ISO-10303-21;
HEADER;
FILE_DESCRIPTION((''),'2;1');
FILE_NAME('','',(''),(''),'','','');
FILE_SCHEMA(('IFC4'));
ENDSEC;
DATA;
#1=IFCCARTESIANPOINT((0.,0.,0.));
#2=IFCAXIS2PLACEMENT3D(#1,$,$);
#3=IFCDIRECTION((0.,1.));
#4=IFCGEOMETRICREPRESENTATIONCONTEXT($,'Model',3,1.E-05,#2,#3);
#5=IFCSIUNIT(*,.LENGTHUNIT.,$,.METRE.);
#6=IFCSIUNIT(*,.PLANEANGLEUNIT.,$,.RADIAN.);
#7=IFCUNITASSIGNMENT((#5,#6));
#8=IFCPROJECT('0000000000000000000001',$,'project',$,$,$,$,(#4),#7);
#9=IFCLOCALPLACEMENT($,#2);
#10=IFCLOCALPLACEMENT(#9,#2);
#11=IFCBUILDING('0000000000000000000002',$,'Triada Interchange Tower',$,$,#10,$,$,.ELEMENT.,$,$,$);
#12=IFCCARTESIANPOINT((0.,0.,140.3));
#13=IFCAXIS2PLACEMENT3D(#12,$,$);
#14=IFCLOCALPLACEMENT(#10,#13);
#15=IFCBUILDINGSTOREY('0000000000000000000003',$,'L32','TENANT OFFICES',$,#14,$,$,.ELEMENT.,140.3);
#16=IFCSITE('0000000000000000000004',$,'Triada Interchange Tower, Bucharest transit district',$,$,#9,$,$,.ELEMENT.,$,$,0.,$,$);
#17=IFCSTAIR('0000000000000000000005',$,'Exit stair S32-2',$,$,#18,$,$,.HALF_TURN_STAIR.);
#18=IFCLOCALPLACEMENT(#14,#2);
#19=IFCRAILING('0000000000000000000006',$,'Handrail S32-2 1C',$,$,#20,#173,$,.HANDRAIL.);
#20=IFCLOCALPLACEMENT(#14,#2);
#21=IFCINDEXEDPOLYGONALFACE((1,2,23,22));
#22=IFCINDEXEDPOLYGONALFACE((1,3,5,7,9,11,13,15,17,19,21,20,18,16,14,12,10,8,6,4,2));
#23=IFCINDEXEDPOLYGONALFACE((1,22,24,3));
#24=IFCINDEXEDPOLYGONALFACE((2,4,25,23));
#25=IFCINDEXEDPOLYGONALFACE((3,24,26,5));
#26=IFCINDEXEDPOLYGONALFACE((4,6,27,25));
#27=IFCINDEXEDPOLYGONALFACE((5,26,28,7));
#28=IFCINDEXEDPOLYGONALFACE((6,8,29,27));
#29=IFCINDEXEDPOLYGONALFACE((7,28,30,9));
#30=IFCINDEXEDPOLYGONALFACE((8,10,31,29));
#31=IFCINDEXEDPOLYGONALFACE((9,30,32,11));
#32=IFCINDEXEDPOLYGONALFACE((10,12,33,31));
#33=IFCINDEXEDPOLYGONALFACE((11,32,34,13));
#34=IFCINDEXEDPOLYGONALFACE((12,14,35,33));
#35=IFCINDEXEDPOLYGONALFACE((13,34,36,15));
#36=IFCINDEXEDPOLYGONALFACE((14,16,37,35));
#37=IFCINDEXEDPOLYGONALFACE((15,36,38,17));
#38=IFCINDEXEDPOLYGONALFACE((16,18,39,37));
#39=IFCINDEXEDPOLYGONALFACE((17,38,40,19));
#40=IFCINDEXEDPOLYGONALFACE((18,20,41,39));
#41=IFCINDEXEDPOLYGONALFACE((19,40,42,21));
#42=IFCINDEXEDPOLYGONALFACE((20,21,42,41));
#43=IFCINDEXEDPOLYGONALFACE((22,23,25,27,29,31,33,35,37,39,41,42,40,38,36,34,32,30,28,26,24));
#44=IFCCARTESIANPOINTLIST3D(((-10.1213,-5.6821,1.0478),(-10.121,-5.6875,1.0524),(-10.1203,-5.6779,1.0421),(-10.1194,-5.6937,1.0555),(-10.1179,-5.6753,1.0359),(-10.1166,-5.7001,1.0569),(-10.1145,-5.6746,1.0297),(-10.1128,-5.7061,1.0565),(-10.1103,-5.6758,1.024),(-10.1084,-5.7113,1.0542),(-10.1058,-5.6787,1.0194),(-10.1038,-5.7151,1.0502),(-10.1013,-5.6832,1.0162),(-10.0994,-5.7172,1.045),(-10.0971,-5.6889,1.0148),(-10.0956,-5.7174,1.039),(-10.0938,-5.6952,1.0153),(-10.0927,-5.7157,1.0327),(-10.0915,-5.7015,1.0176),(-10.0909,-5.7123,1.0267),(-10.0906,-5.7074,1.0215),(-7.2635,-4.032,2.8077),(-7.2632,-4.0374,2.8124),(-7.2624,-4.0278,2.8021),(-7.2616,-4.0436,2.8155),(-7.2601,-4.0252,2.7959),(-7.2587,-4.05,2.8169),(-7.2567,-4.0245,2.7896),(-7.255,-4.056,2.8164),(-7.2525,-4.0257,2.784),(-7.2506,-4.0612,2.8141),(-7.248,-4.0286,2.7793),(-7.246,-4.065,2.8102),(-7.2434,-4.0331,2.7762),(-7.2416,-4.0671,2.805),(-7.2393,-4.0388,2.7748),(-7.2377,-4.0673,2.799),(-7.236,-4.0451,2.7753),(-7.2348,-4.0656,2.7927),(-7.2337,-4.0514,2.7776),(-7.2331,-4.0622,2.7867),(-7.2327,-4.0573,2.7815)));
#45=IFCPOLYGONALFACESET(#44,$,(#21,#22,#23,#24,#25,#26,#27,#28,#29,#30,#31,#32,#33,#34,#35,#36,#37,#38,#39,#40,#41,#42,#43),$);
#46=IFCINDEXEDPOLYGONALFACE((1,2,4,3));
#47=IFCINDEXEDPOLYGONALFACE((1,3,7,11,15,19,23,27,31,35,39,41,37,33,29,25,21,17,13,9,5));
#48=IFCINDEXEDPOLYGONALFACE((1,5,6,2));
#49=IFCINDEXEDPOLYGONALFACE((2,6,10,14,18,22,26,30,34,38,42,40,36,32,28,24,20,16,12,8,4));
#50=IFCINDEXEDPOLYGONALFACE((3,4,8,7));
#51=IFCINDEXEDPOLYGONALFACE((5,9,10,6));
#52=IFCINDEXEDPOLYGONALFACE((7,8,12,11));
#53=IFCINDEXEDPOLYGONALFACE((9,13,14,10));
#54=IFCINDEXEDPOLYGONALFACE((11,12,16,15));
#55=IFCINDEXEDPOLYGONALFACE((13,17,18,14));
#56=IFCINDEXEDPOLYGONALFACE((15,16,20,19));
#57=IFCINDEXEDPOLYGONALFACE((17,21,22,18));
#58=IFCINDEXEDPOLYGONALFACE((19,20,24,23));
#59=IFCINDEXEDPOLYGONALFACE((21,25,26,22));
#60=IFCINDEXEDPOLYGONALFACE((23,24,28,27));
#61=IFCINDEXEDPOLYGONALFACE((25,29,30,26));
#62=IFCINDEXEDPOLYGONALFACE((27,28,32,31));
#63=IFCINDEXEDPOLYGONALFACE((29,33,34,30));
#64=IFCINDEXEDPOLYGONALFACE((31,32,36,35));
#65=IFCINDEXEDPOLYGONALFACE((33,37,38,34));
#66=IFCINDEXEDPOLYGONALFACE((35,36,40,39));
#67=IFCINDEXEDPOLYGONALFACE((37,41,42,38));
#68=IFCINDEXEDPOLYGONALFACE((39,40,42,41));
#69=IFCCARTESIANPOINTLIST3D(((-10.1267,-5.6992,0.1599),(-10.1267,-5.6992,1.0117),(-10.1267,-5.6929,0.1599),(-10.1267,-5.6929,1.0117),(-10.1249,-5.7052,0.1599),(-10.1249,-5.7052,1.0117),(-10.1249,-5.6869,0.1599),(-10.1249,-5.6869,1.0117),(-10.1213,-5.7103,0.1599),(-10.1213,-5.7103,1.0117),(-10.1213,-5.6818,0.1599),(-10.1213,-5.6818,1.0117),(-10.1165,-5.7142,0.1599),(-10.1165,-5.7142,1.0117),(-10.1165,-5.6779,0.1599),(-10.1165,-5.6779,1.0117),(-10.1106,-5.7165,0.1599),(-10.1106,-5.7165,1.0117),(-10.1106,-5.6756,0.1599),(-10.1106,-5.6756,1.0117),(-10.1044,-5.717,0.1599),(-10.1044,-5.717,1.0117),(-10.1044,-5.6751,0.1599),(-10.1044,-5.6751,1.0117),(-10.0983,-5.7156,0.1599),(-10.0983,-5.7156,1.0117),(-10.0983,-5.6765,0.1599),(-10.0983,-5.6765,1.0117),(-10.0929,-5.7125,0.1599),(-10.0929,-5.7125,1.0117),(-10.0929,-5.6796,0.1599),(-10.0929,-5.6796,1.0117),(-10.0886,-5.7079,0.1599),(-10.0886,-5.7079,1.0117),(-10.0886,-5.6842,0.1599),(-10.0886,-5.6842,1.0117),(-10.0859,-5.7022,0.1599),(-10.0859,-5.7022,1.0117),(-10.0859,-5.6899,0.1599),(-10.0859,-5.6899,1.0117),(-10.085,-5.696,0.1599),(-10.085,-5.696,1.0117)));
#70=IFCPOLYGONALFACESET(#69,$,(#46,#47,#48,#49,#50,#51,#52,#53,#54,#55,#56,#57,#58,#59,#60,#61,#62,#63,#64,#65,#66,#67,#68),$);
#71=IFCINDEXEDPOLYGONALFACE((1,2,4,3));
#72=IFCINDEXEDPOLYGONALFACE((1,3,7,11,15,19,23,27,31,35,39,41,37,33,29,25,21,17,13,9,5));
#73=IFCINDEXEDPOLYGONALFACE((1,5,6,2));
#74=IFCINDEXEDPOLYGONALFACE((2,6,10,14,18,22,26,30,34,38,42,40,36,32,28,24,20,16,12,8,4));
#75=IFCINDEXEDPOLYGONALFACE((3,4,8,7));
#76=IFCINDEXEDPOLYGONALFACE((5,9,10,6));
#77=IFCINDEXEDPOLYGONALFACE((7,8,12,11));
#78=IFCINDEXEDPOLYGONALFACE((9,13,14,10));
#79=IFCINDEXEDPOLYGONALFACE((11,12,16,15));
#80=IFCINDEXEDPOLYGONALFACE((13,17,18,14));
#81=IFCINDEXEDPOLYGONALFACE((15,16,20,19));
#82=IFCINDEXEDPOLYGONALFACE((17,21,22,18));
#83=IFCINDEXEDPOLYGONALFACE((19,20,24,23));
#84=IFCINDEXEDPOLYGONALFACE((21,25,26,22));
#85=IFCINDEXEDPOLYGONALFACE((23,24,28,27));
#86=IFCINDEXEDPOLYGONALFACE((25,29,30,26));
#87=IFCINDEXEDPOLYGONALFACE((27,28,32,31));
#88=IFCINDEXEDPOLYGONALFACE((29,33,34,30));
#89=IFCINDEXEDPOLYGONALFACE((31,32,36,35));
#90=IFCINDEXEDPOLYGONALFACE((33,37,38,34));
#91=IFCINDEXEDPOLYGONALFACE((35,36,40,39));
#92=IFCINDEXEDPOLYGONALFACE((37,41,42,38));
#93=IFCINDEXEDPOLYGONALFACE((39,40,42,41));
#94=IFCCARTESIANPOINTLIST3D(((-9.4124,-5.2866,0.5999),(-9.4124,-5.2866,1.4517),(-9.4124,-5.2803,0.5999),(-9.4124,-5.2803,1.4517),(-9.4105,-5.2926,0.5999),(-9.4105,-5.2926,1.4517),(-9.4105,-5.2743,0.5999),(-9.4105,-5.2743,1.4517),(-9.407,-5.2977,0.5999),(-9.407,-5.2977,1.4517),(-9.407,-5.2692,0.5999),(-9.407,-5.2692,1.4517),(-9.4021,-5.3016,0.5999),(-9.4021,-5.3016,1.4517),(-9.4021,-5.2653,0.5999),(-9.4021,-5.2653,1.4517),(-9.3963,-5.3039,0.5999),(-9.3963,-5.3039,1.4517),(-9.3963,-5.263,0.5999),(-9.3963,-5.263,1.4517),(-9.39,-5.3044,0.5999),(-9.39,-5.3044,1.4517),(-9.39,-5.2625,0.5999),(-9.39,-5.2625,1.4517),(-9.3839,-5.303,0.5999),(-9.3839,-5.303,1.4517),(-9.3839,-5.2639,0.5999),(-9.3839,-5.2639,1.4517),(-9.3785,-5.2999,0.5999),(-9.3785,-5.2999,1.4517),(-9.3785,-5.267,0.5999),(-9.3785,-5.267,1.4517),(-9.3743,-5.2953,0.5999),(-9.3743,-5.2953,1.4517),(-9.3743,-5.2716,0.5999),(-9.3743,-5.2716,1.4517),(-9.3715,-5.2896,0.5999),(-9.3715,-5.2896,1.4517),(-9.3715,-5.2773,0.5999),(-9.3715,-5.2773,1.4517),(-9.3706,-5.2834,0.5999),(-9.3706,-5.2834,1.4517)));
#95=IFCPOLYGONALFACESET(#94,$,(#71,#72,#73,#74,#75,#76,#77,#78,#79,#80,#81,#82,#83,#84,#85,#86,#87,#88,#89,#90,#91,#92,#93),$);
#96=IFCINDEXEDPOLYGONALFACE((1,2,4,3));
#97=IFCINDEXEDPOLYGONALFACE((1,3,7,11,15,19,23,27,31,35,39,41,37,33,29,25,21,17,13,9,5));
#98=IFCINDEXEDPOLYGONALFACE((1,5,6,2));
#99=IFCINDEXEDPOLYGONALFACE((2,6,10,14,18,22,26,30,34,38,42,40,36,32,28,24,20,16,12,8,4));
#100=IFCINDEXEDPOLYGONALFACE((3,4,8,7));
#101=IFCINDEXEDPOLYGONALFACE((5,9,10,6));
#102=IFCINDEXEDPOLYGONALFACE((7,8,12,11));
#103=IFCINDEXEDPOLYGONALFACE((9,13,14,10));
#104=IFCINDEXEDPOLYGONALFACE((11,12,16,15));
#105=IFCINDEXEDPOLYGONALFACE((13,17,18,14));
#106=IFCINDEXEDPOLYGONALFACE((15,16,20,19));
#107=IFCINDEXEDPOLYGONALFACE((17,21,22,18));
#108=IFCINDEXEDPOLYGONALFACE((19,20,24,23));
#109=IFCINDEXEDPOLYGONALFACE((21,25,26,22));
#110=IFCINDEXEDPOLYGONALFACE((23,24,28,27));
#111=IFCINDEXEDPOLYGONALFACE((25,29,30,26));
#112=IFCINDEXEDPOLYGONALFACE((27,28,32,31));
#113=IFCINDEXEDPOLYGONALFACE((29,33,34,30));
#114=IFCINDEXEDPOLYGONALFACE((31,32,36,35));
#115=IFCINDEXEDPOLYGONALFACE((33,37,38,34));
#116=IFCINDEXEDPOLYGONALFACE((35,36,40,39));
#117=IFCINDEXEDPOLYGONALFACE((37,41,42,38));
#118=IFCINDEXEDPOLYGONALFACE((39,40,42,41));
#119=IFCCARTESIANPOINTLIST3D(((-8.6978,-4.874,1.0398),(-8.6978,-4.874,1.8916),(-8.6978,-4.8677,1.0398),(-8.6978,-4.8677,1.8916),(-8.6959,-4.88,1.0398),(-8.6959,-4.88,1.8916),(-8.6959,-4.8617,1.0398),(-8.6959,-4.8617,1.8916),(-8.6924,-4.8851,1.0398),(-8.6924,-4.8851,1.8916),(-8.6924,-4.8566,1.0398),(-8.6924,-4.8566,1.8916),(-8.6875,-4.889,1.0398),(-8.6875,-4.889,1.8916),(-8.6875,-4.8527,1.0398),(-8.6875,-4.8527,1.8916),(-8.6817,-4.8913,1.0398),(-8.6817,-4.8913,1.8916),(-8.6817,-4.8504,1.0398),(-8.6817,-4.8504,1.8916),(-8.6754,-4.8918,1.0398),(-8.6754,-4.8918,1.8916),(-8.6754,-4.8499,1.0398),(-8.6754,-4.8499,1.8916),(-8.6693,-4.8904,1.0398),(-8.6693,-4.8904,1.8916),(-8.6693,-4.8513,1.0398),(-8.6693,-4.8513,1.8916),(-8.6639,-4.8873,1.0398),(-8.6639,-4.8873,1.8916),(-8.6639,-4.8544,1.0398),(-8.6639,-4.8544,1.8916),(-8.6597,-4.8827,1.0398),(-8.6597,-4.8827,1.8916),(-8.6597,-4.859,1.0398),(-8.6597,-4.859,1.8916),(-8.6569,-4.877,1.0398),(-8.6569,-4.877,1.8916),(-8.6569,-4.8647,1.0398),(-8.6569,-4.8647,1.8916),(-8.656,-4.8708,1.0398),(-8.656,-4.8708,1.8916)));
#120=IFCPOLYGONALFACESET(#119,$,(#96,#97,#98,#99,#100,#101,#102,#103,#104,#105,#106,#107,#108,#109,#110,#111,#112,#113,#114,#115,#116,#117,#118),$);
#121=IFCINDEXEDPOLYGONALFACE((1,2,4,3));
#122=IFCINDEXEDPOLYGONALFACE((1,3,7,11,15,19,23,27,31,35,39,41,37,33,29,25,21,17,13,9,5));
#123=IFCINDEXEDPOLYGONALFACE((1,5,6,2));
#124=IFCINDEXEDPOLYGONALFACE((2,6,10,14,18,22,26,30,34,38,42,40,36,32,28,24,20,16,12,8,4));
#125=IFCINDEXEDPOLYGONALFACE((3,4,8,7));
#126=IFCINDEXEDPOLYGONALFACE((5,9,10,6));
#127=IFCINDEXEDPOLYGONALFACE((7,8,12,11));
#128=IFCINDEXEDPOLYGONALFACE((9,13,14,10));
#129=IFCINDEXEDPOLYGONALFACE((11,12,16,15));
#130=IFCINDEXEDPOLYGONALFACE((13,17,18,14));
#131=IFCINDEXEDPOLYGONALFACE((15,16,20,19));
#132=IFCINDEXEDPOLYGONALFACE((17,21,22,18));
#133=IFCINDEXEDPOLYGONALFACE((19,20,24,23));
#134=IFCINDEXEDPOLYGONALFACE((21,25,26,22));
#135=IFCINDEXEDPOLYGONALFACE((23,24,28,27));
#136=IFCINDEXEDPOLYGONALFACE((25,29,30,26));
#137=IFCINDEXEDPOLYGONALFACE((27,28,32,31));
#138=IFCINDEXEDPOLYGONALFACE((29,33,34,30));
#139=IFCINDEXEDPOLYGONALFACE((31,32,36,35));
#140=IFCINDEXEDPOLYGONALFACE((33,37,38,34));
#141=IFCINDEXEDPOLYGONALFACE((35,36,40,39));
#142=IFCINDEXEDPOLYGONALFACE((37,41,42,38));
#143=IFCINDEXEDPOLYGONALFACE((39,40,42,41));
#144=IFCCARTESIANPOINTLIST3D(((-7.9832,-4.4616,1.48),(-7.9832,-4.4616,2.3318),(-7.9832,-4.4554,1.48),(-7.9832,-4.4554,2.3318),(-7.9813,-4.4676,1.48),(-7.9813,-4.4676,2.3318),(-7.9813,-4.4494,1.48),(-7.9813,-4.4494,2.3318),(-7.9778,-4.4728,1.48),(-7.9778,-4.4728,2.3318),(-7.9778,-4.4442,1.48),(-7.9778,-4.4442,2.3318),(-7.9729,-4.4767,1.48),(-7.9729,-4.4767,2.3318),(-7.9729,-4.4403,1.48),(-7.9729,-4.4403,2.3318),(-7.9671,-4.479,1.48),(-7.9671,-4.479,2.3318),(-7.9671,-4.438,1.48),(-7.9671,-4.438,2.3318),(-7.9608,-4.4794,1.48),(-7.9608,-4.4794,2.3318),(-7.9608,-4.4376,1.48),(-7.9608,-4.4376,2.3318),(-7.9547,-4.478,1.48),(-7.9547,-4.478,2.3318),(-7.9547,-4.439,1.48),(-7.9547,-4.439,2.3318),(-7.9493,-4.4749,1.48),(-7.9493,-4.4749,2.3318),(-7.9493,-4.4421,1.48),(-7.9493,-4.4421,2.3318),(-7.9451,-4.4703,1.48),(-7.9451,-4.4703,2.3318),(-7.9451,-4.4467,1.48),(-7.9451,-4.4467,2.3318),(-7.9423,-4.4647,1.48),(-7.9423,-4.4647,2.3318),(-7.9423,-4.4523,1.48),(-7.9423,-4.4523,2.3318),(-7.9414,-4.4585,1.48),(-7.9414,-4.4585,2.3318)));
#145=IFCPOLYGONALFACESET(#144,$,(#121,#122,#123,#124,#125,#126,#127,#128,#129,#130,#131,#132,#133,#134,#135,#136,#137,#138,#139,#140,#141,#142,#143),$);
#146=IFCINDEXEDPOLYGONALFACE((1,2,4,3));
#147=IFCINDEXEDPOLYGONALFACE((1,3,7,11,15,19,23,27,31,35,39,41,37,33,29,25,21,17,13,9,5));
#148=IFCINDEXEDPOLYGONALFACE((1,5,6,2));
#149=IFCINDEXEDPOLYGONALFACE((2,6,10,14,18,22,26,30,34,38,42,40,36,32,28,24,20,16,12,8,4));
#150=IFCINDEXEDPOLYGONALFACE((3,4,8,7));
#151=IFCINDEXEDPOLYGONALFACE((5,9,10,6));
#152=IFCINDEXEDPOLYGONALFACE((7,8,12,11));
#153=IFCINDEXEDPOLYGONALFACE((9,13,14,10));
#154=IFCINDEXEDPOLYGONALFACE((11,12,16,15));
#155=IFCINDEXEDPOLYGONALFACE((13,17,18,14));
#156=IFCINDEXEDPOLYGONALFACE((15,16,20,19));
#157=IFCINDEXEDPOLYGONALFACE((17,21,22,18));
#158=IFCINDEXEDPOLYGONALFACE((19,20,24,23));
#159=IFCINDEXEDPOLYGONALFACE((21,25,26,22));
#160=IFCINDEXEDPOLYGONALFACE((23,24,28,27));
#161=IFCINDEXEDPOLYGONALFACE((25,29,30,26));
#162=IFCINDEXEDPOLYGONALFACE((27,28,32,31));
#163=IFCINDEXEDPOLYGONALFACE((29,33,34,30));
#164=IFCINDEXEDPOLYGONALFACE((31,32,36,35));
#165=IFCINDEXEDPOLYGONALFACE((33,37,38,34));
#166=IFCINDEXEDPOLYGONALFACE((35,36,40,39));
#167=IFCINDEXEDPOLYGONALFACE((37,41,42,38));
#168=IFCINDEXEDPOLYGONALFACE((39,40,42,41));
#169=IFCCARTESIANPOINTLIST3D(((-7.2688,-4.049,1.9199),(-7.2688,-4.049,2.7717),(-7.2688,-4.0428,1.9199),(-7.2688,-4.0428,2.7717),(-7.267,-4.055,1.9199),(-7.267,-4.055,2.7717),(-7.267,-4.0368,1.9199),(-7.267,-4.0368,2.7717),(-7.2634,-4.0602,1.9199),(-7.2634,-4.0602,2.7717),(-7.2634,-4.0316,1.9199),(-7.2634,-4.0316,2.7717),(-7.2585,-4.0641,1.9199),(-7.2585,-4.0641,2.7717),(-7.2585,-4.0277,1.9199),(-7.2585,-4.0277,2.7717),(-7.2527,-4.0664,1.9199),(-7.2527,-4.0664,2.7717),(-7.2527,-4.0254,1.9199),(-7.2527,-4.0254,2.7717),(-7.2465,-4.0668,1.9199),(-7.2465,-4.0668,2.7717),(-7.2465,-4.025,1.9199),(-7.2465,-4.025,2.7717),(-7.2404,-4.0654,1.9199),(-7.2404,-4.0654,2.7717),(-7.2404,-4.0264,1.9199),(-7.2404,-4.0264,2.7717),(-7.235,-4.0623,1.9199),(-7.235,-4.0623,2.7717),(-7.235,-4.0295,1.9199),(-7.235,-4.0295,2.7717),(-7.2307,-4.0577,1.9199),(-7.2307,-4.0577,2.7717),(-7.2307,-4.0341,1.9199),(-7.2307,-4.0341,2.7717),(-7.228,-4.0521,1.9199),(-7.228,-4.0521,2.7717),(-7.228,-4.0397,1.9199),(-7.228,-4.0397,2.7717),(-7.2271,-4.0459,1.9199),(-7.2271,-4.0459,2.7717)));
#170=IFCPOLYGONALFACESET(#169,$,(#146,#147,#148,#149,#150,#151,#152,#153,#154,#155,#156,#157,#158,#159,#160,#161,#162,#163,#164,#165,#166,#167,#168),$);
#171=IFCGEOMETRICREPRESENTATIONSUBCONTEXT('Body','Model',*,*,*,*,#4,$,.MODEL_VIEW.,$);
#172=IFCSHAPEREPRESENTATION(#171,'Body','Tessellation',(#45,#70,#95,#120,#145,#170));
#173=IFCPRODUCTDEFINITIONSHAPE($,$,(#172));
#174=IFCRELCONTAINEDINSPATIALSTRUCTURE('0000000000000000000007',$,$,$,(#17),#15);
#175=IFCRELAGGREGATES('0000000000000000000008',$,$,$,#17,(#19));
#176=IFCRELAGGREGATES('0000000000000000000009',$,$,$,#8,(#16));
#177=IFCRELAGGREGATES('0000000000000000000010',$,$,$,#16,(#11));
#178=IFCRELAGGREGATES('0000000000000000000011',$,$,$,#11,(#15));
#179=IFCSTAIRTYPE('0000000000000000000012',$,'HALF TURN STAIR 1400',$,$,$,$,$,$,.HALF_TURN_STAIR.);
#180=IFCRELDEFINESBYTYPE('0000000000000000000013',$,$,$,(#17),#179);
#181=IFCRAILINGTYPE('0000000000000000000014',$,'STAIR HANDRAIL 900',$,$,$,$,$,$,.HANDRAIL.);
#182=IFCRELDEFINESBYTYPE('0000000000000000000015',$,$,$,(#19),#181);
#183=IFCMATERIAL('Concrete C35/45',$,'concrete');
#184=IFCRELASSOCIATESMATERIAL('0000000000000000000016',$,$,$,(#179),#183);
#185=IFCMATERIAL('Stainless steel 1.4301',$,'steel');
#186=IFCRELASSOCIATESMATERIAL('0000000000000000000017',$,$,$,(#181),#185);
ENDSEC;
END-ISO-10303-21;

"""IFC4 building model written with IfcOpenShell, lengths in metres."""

from ifc_helpers import new_model, si_unit, direction, frame, origin, origin_2d, place, context, subcontext, project, spatial, circle, extrude, material, type_object, element, aggregate, save


model = new_model("IFC4")

# Units and contexts
model_context = context("Model", 3, precision=1e-05, world=origin(), true_north=direction((0.0, 1.0)))
body_context = subcontext(model_context, "Body", "Model", "MODEL_VIEW")
ifc_project = project(units=[si_unit("LENGTHUNIT", "METRE"), si_unit("PLANEANGLEUNIT", "RADIAN")], contexts=[model_context])

# Site, building, storey
site_placement = place(None, origin())
site = spatial("IfcSite", under=ifc_project, at=site_placement, Name="Triada Interchange Tower, Bucharest transit district", CompositionType="ELEMENT", RefElevation=0.0)
building_placement = place(site_placement, origin())
building = spatial("IfcBuilding", under=site, at=building_placement, Name="Triada Interchange Tower", CompositionType="ELEMENT")
storey_placement = place(building_placement, frame((0.0, 0.0, 140.3)))
storey = spatial("IfcBuildingStorey", under=building, at=storey_placement, Name="L32", Description="TENANT OFFICES", CompositionType="ELEMENT", Elevation=140.3)

# Stair, railing
ifc_material_1 = material(Name="Concrete C35/45", Category="concrete")
stair_type = type_object("IfcStairType", Name="HALF TURN STAIR 1400", PredefinedType="HALF_TURN_STAIR", material=ifc_material_1)
stair_placement = place(storey_placement, origin())
stair = element("IfcStair", 1, at=stair_placement, inside=storey, type_object=stair_type, Name="Exit stair S32-2", PredefinedType="HALF_TURN_STAIR")
ifc_material_2 = material(Name="Stainless steel 1.4301", Category="steel")
railing_type = type_object("IfcRailingType", Name="STAIR HANDRAIL 900", PredefinedType="HANDRAIL", material=ifc_material_2)
railing_1_placement = place(storey_placement, frame((-10.106, -5.696, 0.1599)))
railing_1 = element("IfcRailing", 2, at=railing_1_placement, type_object=railing_type, Name="Handrail S32-2 1C", PredefinedType="HANDRAIL", context=body_context, shape_type="SweptSolid", body=[
    extrude(circle(Radius=0.0239, at=origin_2d()), frame((0.0, 0.0, 0.876), z_axis=(0.764129, 0.441205, 0.47058), x_axis=(-0.50003, 0.866008, 0.0)), (0.0, 0.0, 1.0), 3.74),
    extrude(circle(Radius=0.021, at=origin_2d()), origin(), (0.0, 0.0, 1.0), 0.8518),
    extrude(circle(Radius=0.021, at=origin_2d()), frame((0.7144, 0.4126, 0.4399)), (0.0, 0.0, 1.0), 0.8518),
    extrude(circle(Radius=0.021, at=origin_2d()), frame((1.429, 0.8252, 0.8799)), (0.0, 0.0, 1.0), 0.8518),
    extrude(circle(Radius=0.021, at=origin_2d()), frame((2.1436, 1.2375, 1.3201)), (0.0, 0.0, 1.0), 0.8518),
    extrude(circle(Radius=0.021, at=origin_2d()), frame((2.8579, 1.6501, 1.76)), (0.0, 0.0, 1.0), 0.8518),
])
aggregate(stair, [railing_1])

save(model, "model.ifc")
